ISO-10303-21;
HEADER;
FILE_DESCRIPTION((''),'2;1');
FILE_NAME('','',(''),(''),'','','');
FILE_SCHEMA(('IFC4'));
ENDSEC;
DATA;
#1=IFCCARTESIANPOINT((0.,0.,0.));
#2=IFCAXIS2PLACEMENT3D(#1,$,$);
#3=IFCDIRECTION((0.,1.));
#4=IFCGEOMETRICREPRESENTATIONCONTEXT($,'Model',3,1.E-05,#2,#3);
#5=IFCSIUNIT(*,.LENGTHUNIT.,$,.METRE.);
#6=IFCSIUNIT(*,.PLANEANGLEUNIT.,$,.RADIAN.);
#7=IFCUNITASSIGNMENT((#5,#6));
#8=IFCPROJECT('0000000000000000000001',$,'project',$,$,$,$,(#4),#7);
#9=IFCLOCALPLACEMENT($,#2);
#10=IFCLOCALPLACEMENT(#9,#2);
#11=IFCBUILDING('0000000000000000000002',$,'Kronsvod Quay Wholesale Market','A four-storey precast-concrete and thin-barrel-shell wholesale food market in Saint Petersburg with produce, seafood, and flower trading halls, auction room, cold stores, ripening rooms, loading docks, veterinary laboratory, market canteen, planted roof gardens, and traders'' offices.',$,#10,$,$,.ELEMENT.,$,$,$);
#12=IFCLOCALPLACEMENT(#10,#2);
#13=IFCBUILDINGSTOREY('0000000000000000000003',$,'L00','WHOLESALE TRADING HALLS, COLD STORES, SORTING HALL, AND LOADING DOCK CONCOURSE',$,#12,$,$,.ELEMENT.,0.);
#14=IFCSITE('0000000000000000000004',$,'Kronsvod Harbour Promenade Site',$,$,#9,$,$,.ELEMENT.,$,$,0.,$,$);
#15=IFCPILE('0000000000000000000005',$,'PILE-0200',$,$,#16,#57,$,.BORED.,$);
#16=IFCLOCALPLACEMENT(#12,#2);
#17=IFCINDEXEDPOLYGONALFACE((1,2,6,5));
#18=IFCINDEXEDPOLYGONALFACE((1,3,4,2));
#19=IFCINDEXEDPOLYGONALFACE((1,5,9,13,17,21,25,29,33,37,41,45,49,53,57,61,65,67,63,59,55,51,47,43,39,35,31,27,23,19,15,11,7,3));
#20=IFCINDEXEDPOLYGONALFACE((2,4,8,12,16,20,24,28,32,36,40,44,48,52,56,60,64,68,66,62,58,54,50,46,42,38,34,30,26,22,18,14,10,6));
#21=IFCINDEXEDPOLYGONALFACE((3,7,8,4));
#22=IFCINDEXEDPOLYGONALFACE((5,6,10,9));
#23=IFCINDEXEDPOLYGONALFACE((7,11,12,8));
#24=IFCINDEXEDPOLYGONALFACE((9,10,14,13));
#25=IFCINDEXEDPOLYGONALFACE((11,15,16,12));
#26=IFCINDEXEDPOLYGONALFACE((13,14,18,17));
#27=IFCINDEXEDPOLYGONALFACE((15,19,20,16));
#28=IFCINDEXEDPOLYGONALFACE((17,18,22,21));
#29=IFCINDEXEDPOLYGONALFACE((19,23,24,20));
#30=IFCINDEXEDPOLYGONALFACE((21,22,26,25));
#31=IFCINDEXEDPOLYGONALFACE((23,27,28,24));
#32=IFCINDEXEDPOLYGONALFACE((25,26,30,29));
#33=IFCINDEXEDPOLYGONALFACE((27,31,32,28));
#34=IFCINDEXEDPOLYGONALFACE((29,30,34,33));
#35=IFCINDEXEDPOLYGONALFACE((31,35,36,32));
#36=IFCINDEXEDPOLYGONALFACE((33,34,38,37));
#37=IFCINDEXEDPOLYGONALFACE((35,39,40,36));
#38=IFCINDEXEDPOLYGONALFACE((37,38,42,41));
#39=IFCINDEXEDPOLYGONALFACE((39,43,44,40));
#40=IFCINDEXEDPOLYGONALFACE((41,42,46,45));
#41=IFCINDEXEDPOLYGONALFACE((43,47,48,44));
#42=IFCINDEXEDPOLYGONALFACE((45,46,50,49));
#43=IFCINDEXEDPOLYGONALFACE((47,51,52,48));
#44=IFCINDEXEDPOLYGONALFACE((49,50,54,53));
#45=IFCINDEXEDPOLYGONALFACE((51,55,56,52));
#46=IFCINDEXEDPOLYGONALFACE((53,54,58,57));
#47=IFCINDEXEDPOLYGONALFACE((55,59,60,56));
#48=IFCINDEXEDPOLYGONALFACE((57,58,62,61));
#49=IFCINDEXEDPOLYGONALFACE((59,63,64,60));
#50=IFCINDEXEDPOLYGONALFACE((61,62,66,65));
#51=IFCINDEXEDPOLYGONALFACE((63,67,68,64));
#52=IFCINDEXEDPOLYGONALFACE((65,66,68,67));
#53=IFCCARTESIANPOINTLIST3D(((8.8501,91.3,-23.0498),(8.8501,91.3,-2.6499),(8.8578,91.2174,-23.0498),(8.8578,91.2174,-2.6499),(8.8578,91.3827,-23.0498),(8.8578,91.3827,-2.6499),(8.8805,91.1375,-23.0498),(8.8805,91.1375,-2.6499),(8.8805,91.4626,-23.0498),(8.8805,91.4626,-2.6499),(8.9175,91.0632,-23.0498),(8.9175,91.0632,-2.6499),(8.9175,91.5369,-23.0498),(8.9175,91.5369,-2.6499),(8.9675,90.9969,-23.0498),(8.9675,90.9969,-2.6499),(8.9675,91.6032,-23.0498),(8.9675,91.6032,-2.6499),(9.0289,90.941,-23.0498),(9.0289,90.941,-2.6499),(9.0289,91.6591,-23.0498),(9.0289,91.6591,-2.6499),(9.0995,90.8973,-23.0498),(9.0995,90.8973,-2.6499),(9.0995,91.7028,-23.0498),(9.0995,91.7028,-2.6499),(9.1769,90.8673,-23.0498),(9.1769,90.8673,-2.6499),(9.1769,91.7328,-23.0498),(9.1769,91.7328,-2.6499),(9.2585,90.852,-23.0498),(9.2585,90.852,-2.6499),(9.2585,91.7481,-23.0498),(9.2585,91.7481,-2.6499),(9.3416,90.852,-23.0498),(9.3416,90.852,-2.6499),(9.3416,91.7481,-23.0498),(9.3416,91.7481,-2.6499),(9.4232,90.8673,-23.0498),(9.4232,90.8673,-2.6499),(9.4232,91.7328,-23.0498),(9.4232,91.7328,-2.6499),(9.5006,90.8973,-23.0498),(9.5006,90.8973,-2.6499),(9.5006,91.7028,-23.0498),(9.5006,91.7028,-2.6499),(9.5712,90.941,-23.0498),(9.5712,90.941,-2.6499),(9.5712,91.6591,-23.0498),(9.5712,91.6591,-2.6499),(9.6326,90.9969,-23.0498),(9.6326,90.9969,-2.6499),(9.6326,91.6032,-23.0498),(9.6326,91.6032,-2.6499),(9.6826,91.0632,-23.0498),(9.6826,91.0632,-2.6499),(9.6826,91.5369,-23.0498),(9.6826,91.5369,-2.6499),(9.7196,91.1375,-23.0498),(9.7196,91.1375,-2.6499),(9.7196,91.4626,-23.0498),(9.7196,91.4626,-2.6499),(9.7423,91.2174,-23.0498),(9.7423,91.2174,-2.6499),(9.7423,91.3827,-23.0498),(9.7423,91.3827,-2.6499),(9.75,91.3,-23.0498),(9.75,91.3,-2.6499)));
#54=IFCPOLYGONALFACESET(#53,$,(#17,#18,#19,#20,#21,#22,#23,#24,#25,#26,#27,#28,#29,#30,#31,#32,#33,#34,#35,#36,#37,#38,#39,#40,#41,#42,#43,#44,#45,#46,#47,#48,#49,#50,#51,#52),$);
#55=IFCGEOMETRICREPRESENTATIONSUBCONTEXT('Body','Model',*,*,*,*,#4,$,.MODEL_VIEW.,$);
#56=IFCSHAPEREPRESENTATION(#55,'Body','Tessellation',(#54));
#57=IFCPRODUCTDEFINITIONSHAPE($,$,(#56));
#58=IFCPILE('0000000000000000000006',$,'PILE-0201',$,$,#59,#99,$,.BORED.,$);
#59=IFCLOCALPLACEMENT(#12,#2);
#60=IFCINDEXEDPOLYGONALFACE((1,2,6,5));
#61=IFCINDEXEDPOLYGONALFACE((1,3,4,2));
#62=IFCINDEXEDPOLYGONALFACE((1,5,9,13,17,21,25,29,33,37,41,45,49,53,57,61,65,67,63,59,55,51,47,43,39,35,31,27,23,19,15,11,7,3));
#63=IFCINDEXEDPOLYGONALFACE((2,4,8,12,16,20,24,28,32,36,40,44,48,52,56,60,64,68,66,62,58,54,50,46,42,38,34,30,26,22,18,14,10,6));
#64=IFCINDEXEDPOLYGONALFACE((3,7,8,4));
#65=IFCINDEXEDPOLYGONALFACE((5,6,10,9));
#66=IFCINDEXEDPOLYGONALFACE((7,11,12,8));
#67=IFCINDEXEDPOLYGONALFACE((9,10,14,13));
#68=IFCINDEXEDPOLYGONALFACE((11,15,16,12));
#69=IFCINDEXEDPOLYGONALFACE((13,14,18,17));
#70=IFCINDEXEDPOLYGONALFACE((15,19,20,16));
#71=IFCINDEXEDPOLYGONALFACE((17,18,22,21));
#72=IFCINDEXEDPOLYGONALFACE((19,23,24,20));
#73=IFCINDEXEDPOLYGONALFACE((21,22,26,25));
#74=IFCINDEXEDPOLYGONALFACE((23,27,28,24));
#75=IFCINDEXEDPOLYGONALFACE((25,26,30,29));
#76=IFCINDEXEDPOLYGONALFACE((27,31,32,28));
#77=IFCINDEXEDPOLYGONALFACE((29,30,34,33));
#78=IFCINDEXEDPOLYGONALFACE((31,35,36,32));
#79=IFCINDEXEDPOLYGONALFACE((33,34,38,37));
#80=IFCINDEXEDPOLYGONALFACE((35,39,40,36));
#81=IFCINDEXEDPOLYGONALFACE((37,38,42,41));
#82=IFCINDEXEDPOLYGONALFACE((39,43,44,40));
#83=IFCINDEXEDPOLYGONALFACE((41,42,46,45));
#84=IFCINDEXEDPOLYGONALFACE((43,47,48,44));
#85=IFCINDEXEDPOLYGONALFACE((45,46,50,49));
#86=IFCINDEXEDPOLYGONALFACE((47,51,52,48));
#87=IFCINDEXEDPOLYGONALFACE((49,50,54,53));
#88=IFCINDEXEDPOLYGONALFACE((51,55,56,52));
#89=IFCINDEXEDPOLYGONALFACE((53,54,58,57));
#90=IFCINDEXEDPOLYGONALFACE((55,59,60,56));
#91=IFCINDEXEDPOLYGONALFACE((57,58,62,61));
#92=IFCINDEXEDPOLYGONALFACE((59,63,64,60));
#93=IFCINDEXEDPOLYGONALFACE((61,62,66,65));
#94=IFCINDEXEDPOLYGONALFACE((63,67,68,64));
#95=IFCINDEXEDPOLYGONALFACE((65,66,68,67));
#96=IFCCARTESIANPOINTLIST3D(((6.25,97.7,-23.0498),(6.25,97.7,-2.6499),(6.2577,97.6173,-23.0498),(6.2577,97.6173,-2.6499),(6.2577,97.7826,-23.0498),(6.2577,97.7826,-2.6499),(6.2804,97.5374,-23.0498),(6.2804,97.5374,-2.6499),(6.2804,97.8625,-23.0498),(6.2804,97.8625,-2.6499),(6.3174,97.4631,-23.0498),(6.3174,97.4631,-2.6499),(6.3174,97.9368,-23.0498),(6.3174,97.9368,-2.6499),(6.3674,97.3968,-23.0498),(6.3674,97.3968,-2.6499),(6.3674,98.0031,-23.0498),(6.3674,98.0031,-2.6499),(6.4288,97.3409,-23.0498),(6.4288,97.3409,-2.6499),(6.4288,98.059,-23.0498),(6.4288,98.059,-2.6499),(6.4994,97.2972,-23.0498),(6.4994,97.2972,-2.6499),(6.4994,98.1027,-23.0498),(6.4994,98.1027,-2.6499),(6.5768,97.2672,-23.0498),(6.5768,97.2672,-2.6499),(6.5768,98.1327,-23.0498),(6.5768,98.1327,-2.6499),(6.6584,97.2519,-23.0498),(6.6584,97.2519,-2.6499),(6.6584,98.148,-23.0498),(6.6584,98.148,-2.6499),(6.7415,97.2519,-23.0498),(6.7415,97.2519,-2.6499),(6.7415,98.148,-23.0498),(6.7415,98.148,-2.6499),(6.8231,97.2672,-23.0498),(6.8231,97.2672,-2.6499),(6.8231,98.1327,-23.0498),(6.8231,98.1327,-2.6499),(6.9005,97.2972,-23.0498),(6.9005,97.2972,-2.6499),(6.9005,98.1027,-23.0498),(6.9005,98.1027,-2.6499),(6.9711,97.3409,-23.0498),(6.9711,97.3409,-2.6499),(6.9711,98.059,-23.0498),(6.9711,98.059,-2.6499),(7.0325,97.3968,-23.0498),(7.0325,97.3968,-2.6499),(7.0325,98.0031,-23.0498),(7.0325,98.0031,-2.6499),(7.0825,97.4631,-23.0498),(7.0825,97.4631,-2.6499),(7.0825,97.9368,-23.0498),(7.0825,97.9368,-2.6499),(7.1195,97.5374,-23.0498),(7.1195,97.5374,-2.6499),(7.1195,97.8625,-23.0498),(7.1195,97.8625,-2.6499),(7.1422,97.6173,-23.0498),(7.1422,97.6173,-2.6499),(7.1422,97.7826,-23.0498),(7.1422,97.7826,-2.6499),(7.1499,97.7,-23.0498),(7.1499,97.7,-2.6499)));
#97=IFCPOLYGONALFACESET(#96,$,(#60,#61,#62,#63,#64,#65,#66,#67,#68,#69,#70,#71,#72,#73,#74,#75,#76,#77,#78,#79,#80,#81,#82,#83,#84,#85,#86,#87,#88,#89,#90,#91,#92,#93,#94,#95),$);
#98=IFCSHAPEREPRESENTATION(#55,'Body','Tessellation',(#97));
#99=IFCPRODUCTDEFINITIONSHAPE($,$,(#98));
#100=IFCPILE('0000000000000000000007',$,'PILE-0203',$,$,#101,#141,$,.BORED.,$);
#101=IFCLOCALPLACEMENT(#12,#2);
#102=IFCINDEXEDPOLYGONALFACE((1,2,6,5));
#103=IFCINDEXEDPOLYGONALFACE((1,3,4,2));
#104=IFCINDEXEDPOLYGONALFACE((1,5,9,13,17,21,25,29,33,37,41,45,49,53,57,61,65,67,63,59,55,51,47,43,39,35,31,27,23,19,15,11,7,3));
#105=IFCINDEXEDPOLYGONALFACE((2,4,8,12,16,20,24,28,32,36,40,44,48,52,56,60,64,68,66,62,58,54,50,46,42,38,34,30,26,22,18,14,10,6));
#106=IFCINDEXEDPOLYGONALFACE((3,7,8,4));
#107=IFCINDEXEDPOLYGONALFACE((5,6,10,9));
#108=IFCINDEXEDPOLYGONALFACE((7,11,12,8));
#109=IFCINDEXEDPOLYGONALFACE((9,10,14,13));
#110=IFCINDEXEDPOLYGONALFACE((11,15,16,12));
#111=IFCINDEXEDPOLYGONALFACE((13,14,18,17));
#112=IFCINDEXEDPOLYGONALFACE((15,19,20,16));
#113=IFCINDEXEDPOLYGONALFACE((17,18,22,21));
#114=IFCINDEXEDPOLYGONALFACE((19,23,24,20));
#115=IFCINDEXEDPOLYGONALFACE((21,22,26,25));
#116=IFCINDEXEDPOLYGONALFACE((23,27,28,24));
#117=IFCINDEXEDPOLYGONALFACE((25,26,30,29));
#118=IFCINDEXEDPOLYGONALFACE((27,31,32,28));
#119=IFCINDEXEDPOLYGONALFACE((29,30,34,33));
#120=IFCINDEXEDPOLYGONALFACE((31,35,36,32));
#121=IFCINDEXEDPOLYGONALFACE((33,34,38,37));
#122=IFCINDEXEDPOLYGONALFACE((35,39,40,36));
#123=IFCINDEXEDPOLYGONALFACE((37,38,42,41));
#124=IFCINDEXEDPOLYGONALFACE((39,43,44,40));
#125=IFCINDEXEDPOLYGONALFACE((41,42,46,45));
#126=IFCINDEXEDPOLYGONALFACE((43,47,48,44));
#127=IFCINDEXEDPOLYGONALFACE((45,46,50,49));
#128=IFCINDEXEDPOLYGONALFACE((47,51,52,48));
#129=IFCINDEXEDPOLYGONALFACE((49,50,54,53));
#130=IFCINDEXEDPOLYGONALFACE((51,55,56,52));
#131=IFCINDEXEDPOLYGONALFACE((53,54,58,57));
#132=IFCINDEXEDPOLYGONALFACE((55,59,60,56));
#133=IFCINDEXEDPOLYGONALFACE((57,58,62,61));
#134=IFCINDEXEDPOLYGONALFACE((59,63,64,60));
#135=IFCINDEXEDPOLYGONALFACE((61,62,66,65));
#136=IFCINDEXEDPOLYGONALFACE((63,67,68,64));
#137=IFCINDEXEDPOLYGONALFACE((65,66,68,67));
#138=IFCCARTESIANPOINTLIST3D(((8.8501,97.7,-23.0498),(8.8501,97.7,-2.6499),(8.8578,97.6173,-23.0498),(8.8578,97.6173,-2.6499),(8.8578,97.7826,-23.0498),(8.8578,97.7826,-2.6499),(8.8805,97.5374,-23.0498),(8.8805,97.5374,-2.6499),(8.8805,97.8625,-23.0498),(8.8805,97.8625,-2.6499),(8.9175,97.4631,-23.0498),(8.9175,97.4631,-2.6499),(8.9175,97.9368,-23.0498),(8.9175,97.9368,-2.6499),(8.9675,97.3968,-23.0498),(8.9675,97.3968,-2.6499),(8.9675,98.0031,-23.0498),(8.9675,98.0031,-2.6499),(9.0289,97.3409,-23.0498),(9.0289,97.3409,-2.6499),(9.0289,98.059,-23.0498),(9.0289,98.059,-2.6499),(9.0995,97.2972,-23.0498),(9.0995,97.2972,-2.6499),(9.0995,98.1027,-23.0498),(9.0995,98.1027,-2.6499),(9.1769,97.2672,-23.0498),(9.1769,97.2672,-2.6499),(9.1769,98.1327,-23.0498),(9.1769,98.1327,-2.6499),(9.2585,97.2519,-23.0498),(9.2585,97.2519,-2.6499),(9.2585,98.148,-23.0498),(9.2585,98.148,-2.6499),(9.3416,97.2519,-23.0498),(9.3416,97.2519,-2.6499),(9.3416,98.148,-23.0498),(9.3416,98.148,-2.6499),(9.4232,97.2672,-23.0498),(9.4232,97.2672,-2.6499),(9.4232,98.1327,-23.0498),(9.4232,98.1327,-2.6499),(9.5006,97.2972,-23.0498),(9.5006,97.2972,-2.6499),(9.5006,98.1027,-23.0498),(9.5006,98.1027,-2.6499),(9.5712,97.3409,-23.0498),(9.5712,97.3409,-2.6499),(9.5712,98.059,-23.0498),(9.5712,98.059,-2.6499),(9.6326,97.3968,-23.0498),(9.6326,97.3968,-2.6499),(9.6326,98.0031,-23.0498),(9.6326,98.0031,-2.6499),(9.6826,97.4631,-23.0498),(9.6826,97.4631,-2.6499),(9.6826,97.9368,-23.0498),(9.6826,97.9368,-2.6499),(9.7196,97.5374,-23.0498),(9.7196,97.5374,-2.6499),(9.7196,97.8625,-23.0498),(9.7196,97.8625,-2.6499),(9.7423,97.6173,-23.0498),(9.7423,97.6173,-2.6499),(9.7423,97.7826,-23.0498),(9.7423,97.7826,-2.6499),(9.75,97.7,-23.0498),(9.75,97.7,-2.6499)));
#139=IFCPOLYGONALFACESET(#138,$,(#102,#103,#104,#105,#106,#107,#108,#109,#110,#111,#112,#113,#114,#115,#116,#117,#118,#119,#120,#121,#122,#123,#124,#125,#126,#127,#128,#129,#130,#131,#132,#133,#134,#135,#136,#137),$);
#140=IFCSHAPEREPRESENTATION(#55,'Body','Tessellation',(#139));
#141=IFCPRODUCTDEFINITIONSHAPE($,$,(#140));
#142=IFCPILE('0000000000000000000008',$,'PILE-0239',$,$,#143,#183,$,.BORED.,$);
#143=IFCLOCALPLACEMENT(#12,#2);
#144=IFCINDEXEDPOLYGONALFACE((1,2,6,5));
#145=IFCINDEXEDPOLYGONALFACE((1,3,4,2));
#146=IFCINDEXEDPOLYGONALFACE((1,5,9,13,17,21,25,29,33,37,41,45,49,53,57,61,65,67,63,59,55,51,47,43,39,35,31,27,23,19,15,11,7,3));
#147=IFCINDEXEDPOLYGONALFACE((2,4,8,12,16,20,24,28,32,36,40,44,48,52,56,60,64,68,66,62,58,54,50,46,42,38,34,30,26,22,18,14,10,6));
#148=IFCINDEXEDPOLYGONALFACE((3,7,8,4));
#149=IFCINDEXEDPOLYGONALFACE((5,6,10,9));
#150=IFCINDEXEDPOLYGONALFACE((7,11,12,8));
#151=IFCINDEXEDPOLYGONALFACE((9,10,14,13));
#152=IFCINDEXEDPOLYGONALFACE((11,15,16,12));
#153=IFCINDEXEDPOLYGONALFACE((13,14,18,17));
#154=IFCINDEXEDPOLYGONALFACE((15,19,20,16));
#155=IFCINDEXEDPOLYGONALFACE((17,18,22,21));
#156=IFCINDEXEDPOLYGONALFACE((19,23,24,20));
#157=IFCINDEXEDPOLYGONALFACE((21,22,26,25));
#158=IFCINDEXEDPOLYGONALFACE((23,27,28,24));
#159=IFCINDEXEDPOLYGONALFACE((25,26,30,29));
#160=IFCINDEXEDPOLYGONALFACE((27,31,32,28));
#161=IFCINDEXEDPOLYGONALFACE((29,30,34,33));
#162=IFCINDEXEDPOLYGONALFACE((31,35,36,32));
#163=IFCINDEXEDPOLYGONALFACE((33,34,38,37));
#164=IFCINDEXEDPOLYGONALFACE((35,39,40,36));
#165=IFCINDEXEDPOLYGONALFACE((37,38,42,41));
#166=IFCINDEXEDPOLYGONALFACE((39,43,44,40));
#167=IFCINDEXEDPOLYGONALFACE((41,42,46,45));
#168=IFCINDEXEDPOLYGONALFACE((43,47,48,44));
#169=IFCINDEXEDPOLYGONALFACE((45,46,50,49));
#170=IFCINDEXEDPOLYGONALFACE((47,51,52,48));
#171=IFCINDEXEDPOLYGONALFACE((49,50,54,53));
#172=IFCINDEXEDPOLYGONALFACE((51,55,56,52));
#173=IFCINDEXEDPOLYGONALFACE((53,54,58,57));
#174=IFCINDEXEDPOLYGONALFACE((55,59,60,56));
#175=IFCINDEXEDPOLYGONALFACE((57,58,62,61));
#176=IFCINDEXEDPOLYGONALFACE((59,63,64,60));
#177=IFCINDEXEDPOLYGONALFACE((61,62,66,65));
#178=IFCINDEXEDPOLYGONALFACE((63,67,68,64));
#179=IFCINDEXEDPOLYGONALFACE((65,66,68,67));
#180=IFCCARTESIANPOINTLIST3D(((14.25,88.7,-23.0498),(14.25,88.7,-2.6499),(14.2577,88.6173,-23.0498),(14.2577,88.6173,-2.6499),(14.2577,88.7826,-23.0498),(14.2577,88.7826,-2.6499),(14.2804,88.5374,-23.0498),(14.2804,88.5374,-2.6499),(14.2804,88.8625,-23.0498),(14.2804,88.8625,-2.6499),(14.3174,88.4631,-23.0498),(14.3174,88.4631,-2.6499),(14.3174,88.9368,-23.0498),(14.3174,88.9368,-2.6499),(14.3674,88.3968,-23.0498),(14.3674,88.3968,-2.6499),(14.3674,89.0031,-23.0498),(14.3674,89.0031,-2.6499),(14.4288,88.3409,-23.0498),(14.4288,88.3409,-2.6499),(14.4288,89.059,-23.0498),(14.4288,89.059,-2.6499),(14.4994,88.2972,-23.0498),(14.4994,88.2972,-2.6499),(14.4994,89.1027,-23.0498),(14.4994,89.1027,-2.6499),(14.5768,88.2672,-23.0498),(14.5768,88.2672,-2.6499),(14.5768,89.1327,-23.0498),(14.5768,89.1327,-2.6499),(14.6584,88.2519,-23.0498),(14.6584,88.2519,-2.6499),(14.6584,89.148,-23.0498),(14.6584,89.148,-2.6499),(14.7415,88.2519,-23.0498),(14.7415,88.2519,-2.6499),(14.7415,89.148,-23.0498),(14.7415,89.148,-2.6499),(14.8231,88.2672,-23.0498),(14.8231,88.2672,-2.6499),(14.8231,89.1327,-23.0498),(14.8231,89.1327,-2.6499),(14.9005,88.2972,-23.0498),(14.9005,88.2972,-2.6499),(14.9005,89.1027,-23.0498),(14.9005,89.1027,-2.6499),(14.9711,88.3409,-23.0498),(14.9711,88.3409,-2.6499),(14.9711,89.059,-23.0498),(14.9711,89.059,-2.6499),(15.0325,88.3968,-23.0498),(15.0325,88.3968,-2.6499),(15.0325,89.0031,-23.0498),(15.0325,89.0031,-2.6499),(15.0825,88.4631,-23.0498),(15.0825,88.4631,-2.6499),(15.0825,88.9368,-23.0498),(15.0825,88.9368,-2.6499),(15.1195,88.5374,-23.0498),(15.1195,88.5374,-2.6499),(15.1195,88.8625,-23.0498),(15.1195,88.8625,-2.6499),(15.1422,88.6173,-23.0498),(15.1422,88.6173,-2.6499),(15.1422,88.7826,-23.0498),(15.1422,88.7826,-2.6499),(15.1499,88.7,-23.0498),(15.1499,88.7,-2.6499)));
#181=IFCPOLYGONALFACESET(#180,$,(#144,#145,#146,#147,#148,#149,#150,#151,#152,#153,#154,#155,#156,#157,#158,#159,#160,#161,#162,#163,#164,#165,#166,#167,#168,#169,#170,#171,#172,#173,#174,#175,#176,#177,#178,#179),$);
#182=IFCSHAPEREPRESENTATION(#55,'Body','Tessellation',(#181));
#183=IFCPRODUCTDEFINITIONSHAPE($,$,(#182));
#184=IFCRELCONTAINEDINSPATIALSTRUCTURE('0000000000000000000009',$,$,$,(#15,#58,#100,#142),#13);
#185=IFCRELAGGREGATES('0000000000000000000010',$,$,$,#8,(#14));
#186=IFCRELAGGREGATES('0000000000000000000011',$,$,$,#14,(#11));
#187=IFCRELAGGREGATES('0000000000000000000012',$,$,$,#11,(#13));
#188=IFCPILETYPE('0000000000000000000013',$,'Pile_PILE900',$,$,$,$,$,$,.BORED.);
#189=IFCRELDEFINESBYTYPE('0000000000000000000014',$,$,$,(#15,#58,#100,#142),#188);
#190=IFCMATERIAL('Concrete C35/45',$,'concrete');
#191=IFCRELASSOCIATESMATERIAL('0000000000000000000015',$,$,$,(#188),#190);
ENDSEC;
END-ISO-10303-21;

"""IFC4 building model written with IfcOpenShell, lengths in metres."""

from ifc_helpers import new_model, si_unit, direction, frame, origin, origin_2d, place, context, subcontext, project, spatial, circle, extrude, material, material_profile, profile_set, type_object, element, save


model = new_model("IFC4")

# Units and contexts
model_context = context("Model", 3, precision=1e-05, world=origin(), true_north=direction((0.0, 1.0)))
body_context = subcontext(model_context, "Body", "Model", "MODEL_VIEW")
ifc_project = project(units=[si_unit("LENGTHUNIT", "METRE"), si_unit("PLANEANGLEUNIT", "RADIAN")], contexts=[model_context])

# Site, building, storey
site_placement = place(None, origin())
site = spatial("IfcSite", under=ifc_project, at=site_placement, Name="Kronsvod Harbour Promenade Site", CompositionType="ELEMENT", RefElevation=0.0)
building_placement = place(site_placement, origin())
building = spatial("IfcBuilding", under=site, at=building_placement, Name="Kronsvod Quay Wholesale Market", Description="A four-storey precast-concrete and thin-barrel-shell wholesale food market in Saint Petersburg with produce, seafood, and flower trading halls, auction room, cold stores, ripening rooms, loading docks, veterinary laboratory, market canteen, planted roof gardens, and traders' offices.", CompositionType="ELEMENT")
storey_placement = place(building_placement, origin())
storey = spatial("IfcBuildingStorey", under=building, at=storey_placement, Name="L00", Description="WHOLESALE TRADING HALLS, COLD STORES, SORTING HALL, AND LOADING DOCK CONCOURSE", CompositionType="ELEMENT", Elevation=0.0)

# Piles
ifc_material_1 = material(Name="Concrete C35/45", Category="concrete")
ifc_material_profile_1 = material_profile(ifc_material_1, circle(Radius=0.45, at=origin_2d()), Name="PILE900")
ifc_profile_set_1 = profile_set([ifc_material_profile_1], Name="Concrete C35/45")
pile_type = type_object("IfcPileType", Name="Pile_PILE900", PredefinedType="BORED", material=ifc_profile_set_1)
for number, where, z_axis, x_axis, name in (
    (1, (9.3, 91.3, -2.6499), (0.0, 0.0, -1.0), (1.0, 0.0, 0.0), "PILE-0200"),
    (2, (6.7, 97.7, -2.6499), (0.0, 0.0, -1.0), (1.0, 0.0, 0.0), "PILE-0201"),
    (3, (9.3, 97.7, -2.6499), (0.0, 0.0, -1.0), (1.0, 0.0, 0.0), "PILE-0203"),
    (4, (14.7, 88.7, -2.6499), (0.0, 0.0, -1.0), (1.0, 0.0, 0.0), "PILE-0239"),
):
    element("IfcPile", number, at=place(storey_placement, frame(where, z_axis=z_axis, x_axis=x_axis)), inside=storey, type_object=pile_type, Name=name, PredefinedType="BORED", context=body_context, shape_type="SweptSolid", body=[
        extrude(circle(Radius=0.45, at=origin_2d()), origin(), (0.0, 0.0, 1.0), 20.3999),
    ])

save(model, "model.ifc")
